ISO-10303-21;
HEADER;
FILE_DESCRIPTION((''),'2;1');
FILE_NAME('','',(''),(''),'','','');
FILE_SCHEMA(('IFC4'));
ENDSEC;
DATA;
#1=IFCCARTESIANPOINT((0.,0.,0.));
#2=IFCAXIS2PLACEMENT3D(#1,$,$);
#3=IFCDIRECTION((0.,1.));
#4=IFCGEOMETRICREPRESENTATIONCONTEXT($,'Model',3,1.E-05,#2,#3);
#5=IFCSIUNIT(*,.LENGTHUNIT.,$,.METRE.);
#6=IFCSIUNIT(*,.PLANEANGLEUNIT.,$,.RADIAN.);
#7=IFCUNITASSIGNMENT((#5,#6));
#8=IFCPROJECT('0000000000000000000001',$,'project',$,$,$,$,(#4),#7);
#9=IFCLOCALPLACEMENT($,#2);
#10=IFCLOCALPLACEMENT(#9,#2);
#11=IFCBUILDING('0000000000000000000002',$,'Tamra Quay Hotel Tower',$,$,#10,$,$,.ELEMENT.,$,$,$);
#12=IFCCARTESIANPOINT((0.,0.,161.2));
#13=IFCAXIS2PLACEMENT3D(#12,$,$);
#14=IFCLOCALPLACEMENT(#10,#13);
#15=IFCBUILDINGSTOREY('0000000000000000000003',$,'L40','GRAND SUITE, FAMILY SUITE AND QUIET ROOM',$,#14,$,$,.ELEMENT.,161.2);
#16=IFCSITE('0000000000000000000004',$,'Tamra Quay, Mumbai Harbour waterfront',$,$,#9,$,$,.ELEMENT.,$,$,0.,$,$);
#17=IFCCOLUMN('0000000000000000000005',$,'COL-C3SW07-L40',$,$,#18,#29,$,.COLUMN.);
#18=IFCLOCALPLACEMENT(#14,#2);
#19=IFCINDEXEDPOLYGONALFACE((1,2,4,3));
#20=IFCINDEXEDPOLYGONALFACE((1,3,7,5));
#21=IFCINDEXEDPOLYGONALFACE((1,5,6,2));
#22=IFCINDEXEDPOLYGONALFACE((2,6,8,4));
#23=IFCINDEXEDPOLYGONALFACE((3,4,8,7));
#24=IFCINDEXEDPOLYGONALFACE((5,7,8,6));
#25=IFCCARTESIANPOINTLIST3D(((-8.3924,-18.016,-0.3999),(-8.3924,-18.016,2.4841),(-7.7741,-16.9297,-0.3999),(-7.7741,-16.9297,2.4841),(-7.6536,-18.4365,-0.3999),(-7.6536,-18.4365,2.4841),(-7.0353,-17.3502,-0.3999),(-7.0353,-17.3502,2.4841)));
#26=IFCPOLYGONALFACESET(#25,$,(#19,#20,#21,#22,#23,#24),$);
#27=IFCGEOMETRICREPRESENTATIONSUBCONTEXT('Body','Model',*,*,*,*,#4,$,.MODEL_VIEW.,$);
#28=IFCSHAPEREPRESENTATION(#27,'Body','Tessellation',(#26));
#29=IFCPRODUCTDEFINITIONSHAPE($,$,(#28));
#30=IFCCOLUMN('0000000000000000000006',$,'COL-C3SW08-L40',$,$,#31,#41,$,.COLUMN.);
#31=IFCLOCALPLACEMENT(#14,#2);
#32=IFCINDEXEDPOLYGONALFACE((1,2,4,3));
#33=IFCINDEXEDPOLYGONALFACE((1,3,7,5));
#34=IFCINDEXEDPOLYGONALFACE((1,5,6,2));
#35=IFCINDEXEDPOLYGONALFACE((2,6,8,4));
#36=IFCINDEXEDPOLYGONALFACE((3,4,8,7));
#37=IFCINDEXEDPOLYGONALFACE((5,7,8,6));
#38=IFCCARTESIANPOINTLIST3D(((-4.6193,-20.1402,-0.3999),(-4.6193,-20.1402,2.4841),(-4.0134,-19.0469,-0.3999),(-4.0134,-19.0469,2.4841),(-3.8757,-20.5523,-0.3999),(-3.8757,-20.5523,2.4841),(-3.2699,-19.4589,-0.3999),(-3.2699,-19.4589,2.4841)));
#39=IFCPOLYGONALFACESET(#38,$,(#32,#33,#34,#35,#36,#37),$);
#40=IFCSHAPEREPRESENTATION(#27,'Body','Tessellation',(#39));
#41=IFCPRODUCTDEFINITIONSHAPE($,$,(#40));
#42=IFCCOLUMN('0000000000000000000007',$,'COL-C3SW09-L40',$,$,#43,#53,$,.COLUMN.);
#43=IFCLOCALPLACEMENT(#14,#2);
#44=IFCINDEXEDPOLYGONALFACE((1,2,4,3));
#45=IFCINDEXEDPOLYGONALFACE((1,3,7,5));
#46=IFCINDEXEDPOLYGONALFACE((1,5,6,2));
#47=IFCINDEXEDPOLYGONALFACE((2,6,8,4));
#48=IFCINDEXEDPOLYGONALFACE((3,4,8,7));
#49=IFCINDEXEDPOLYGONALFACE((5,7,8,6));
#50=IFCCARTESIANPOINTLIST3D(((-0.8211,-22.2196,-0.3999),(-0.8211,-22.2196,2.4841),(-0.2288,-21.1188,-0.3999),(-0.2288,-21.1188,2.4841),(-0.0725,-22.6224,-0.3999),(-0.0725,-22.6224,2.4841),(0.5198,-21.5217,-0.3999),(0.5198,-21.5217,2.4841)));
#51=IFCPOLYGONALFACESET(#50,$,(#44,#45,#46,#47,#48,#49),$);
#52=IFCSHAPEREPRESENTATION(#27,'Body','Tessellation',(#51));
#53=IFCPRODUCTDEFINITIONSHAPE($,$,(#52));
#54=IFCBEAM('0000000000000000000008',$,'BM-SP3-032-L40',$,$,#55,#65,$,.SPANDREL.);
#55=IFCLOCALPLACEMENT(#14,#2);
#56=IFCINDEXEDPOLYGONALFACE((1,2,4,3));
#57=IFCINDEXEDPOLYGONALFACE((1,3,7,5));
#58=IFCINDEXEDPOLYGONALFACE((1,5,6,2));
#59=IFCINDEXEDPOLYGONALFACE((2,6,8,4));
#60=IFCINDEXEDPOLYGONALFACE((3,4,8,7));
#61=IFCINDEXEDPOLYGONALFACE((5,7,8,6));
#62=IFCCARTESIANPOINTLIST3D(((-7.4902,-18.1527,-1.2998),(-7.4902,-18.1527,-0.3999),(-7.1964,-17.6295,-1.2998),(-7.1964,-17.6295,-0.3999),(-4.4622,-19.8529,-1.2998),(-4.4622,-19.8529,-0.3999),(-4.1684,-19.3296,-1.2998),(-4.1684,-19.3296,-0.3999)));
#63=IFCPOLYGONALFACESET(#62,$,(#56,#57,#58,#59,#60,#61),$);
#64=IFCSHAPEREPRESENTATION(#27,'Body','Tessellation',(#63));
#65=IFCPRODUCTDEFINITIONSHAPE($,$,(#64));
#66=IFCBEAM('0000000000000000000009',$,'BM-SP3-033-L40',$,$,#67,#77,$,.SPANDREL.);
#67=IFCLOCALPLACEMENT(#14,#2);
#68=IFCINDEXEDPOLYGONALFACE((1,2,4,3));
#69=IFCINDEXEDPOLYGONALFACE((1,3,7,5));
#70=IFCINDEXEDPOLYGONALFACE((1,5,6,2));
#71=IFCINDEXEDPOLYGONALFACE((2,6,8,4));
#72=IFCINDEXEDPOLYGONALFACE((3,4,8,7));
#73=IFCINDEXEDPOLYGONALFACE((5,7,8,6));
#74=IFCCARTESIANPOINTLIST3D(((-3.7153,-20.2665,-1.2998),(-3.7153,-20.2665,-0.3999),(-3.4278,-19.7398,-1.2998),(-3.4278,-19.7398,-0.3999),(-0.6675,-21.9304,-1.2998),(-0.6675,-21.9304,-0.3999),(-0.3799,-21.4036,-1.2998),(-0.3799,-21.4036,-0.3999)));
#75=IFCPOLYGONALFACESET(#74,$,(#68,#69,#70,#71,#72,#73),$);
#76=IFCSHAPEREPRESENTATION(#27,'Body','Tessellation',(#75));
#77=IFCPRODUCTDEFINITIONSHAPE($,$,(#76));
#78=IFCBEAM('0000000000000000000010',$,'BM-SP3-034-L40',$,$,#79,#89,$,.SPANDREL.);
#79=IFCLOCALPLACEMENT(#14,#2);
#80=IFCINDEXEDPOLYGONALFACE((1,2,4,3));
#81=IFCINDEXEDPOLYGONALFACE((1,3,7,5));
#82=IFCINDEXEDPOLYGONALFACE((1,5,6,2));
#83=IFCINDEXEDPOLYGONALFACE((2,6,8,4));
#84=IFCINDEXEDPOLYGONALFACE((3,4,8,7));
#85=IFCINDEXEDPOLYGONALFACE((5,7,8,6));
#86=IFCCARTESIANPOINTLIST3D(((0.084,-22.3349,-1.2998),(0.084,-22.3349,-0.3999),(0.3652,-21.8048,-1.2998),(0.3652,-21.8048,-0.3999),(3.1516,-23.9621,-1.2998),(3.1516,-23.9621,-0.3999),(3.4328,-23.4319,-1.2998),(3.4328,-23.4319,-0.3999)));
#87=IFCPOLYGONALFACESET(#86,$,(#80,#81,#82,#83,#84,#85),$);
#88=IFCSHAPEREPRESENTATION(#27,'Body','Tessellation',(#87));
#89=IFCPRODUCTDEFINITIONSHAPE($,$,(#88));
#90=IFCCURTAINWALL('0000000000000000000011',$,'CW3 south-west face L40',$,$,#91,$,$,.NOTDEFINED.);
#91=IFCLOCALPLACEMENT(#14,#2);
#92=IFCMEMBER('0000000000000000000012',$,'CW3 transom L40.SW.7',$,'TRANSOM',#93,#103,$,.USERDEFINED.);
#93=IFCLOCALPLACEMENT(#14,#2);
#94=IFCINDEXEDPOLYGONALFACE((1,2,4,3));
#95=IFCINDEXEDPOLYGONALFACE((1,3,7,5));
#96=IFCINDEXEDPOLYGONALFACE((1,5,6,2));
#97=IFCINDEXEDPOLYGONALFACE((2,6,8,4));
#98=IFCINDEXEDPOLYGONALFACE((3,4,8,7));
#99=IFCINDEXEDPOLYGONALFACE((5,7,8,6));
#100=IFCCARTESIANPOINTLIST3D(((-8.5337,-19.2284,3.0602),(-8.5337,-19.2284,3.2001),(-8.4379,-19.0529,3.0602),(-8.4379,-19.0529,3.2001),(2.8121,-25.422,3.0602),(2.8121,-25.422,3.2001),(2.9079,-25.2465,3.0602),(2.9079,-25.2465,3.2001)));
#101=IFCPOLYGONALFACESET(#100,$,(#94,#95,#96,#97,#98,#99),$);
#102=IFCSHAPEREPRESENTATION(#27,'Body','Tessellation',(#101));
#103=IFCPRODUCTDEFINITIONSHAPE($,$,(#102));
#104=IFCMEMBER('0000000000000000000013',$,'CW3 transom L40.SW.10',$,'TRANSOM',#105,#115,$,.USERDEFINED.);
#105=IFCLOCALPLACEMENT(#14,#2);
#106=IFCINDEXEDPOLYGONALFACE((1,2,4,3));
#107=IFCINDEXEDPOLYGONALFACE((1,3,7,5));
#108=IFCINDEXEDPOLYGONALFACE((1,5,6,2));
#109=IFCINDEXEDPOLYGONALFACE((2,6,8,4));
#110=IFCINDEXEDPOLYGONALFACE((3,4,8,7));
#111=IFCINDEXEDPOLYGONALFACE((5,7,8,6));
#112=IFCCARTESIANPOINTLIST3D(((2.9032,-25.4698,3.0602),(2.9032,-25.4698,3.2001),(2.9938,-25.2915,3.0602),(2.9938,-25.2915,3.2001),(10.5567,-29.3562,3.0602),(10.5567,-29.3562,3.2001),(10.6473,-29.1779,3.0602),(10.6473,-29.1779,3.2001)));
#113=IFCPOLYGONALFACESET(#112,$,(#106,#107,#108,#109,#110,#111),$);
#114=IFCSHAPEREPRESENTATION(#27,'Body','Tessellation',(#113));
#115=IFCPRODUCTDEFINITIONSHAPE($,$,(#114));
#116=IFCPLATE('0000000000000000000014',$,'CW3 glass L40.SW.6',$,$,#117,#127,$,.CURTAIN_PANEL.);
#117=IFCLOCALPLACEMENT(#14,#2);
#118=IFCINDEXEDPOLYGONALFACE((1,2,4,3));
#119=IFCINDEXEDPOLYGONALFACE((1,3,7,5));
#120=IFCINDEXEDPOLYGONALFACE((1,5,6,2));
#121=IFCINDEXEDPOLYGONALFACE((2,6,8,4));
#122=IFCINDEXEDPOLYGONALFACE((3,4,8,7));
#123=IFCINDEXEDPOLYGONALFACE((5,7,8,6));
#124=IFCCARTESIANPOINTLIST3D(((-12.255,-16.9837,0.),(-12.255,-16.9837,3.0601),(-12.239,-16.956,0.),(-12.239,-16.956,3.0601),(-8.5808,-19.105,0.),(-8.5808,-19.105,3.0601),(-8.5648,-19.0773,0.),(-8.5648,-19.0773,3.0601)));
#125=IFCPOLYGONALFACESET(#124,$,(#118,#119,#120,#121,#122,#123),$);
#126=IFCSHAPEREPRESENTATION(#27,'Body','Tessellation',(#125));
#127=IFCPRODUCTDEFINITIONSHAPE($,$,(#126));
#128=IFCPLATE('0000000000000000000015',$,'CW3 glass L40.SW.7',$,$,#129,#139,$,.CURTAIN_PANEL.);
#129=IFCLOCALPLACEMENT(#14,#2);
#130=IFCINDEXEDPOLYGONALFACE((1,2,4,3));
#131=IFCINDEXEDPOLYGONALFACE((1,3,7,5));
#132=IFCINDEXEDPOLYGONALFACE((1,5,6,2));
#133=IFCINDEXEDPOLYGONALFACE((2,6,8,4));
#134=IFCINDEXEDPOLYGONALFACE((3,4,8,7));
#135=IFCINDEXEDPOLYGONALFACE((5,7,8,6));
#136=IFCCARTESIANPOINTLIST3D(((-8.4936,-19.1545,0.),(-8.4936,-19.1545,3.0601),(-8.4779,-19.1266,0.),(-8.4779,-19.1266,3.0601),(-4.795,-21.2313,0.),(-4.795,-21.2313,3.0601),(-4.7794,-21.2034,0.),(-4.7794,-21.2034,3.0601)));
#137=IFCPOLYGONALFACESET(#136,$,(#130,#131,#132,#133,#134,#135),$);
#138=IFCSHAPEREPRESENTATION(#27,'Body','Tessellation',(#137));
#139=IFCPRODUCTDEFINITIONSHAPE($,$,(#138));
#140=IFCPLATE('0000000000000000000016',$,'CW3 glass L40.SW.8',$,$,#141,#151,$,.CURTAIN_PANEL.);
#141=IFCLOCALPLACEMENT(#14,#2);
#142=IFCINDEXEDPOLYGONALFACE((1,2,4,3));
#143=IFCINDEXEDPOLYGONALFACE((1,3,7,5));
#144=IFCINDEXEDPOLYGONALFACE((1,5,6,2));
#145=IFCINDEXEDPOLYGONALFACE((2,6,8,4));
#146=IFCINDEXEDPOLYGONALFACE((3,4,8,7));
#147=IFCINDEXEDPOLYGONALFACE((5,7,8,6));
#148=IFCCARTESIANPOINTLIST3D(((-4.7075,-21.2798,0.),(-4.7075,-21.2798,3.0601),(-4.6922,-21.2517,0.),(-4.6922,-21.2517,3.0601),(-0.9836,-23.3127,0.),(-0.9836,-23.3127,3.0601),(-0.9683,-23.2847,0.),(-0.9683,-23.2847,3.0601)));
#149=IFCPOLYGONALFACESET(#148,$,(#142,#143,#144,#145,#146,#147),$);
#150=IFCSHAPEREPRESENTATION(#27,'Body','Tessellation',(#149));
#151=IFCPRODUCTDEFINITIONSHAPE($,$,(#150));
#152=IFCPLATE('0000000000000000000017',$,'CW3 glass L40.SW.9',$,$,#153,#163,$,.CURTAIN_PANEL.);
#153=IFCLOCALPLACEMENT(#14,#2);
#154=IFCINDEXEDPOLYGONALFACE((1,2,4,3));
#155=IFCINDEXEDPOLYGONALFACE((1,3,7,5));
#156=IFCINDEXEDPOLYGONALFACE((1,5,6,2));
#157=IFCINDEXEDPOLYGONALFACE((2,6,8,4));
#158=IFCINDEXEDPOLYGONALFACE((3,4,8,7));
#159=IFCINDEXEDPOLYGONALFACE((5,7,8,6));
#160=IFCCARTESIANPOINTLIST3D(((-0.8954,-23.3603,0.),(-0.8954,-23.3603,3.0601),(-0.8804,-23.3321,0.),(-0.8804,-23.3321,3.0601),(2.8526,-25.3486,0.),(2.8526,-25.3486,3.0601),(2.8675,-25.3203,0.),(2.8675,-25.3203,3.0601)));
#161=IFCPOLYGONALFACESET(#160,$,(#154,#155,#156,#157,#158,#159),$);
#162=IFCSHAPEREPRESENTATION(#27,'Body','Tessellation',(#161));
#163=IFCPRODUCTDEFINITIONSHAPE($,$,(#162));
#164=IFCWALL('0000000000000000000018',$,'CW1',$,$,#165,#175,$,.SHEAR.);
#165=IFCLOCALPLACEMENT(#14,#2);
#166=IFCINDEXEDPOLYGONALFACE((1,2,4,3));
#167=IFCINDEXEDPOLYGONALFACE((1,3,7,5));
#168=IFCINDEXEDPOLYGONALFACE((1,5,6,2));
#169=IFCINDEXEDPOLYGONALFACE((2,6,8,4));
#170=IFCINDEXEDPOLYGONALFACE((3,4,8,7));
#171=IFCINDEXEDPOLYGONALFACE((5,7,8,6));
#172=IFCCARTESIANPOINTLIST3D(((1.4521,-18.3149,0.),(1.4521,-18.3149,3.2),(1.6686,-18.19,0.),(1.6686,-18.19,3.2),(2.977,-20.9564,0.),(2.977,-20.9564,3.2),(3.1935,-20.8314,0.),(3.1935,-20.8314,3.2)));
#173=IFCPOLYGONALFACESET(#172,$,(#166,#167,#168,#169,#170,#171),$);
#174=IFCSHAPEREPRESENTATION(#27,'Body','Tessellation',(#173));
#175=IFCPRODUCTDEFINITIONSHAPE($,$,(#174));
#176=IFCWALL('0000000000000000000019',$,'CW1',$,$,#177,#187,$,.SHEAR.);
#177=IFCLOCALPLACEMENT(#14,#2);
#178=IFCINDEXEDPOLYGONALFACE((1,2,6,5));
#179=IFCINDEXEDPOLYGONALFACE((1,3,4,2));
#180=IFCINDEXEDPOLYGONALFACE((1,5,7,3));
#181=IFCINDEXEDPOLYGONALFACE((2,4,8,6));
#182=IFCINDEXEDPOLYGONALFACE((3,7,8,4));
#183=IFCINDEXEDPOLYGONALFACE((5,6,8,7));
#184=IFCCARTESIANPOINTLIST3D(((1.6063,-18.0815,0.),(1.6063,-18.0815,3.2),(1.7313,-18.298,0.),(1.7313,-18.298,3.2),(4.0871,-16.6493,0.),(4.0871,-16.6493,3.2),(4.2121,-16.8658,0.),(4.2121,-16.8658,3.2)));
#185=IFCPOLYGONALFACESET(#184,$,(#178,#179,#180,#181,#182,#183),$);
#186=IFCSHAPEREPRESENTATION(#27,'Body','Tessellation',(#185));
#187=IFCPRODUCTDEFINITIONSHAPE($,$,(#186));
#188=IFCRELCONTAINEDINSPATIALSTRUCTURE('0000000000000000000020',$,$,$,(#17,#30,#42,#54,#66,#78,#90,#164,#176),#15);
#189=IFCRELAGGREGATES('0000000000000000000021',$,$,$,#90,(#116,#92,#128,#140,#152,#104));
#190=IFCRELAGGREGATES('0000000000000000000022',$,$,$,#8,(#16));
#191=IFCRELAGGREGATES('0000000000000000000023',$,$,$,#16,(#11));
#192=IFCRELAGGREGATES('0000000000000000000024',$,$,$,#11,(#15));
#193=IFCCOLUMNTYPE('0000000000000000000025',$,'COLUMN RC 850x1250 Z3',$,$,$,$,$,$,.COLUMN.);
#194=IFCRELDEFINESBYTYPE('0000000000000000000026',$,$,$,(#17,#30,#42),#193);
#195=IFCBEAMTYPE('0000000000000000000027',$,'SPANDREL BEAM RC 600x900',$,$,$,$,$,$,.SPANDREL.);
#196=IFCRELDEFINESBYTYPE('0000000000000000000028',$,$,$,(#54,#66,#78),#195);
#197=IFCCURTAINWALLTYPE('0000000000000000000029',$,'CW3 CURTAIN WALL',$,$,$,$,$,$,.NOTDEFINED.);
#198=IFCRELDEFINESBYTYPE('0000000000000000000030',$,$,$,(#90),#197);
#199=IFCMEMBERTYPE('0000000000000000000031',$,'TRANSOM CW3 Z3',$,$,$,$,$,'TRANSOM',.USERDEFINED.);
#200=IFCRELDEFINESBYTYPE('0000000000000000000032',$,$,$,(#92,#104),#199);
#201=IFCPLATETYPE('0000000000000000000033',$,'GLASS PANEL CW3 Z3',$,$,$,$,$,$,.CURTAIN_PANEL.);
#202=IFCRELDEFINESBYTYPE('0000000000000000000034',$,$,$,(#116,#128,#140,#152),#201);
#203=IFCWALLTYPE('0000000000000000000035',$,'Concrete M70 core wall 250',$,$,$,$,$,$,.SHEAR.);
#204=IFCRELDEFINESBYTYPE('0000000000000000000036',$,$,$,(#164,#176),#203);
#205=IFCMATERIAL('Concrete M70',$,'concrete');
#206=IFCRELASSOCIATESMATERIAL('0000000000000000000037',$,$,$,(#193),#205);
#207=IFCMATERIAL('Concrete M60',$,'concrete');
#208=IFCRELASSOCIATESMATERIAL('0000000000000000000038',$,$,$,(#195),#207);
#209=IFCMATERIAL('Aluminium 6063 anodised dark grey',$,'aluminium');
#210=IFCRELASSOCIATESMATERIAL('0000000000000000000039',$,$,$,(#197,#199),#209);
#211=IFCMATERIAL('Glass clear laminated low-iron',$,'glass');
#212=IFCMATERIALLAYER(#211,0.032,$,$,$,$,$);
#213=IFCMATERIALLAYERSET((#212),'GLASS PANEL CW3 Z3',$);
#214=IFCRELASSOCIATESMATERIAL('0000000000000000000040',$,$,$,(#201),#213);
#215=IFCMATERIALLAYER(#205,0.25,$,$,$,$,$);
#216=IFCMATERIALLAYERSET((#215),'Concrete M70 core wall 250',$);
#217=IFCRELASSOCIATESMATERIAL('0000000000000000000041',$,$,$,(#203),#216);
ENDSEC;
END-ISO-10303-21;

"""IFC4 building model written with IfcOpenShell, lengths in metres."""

from ifc_helpers import new_model, si_unit, direction, frame, frame_2d, origin, origin_2d, place, context, subcontext, project, spatial, rectangle, extrude, material, layer, layer_set, material_profile, profile_set, type_object, element, aggregate, save


model = new_model("IFC4")

# Units and contexts
model_context = context("Model", 3, precision=1e-05, world=origin(), true_north=direction((0.0, 1.0)))
body_context = subcontext(model_context, "Body", "Model", "MODEL_VIEW")
ifc_project = project(units=[si_unit("LENGTHUNIT", "METRE"), si_unit("PLANEANGLEUNIT", "RADIAN")], contexts=[model_context])

# Site, building, storey
site_placement = place(None, origin())
site = spatial("IfcSite", under=ifc_project, at=site_placement, Name="Tamra Quay, Mumbai Harbour waterfront", CompositionType="ELEMENT", RefElevation=0.0)
building_placement = place(site_placement, origin())
building = spatial("IfcBuilding", under=site, at=building_placement, Name="Tamra Quay Hotel Tower", CompositionType="ELEMENT")
storey_placement = place(building_placement, frame((0.0, 0.0, 161.2)))
storey = spatial("IfcBuildingStorey", under=building, at=storey_placement, Name="L40", Description="GRAND SUITE, FAMILY SUITE AND QUIET ROOM", CompositionType="ELEMENT", Elevation=161.2)

# Columns
ifc_material_1 = material(Name="Concrete M70", Category="concrete")
ifc_material_profile_1 = material_profile(ifc_material_1, rectangle(XDim=1.25, YDim=0.8501, at=origin_2d()), Name="COLUMN RC 850x1250 Z3")
ifc_profile_set_1 = profile_set([ifc_material_profile_1], Name="Concrete M70")
column_type = type_object("IfcColumnType", Name="COLUMN RC 850x1250 Z3", PredefinedType="COLUMN", material=ifc_profile_set_1)
for number, where, z_axis, x_axis, name in (
    (1, (-7.7139, -17.6831, -0.3999), (0.0, 0.0, 1.0), (0.494656, 0.869089, 0.0), "COL-C3SW07-L40"),
    (2, (-3.9446, -19.7996, -0.3999), (0.0, 0.0, 1.0), (0.484683, 0.87469, 0.0), "COL-C3SW08-L40"),
    (3, (-0.1506, -21.8706, -0.3999), (0.0, 0.0, 1.0), (0.473876, 0.880592, 0.0), "COL-C3SW09-L40"),
):
    element("IfcColumn", number, at=place(storey_placement, frame(where, z_axis=z_axis, x_axis=x_axis)), inside=storey, type_object=column_type, Name=name, PredefinedType="COLUMN", context=body_context, shape_type="SweptSolid", body=[
        extrude(rectangle(XDim=1.25, YDim=0.8501, at=origin_2d()), origin(), (0.0, 0.0, 1.0), 2.884),
    ])

# Beams
ifc_material_2 = material(Name="Concrete M60", Category="concrete")
ifc_material_profile_2 = material_profile(ifc_material_2, rectangle(XDim=0.6001, YDim=0.8999, at=origin_2d()), Name="SPANDREL BEAM RC 600x900")
ifc_profile_set_2 = profile_set([ifc_material_profile_2], Name="Concrete M60")
beam_type = type_object("IfcBeamType", Name="SPANDREL BEAM RC 600x900", PredefinedType="SPANDREL", material=ifc_profile_set_2)
beam_placement = place(storey_placement, frame((-7.3433, -17.8911, -0.8499), z_axis=(0.871956, -0.489584, 0.0), x_axis=(0.489584, 0.871956, 0.0)))
element("IfcBeam", 4, at=beam_placement, inside=storey, type_object=beam_type, Name="BM-SP3-032-L40", PredefinedType="SPANDREL", context=body_context, shape_type="SweptSolid", body=[
    extrude(rectangle(XDim=0.6001, YDim=0.8999, at=origin_2d()), origin(), (0.0, 0.0, 1.0), 3.4727),
])
for number, where, z_axis, x_axis, name in (
    (5, (-3.5715, -20.0032, -0.8499), (0.877732, -0.479153, 0.0), (0.479153, 0.877732, 0.0), "BM-SP3-033-L40"),
    (6, (0.2246, -22.0698, -0.8499), (0.883411, -0.468598, 0.0), (0.468598, 0.883411, 0.0), "BM-SP3-034-L40"),
):
    element("IfcBeam", number, at=place(storey_placement, frame(where, z_axis=z_axis, x_axis=x_axis)), inside=storey, type_object=beam_type, Name=name, PredefinedType="SPANDREL", context=body_context, shape_type="SweptSolid", body=[
        extrude(rectangle(XDim=0.6001, YDim=0.8999, at=origin_2d()), origin(), (0.0, 0.0, 1.0), 3.4724),
    ])

# Curtain wall, members, plates
ifc_material_3 = material(Name="Aluminium 6063 anodised dark grey", Category="aluminium")
curtain_wall_type = type_object("IfcCurtainWallType", Name="CW3 CURTAIN WALL", PredefinedType="NOTDEFINED", material=ifc_material_3)
curtain_wall_placement = place(storey_placement, origin())
curtain_wall = element("IfcCurtainWall", 7, at=curtain_wall_placement, inside=storey, type_object=curtain_wall_type, Name="CW3 south-west face L40", PredefinedType="NOTDEFINED")
ifc_material_profile_3 = material_profile(ifc_material_3, rectangle(XDim=0.2, YDim=0.1399, at=origin_2d()), Name="TRANSOM 200X140")
ifc_profile_set_3 = profile_set([ifc_material_profile_3], Name="Aluminium 6063 anodised dark grey")
member_type = type_object("IfcMemberType", Name="TRANSOM CW3 Z3", ElementType="TRANSOM", PredefinedType="USERDEFINED", material=ifc_profile_set_3)
member_1_placement = place(storey_placement, frame((-8.4858, -19.1406, 3.1301), z_axis=(0.877732, -0.479152, 0.0), x_axis=(0.479152, 0.877732, 0.0)))
member_1 = element("IfcMember", 8, at=member_1_placement, type_object=member_type, Name="CW3 transom L40.SW.7", ObjectType="TRANSOM", PredefinedType="USERDEFINED", context=body_context, shape_type="SweptSolid", body=[
    extrude(rectangle(XDim=0.2, YDim=0.1399, at=origin_2d()), origin(), (0.0, 0.0, 1.0), 12.9263),
])
member_2_placement = place(storey_placement, frame((2.9485, -25.3806, 3.1301), z_axis=(0.891628, -0.452768, 0.0), x_axis=(0.452768, 0.891628, 0.0)))
member_2 = element("IfcMember", 9, at=member_2_placement, type_object=member_type, Name="CW3 transom L40.SW.10", ObjectType="TRANSOM", PredefinedType="USERDEFINED", context=body_context, shape_type="SweptSolid", body=[
    extrude(rectangle(XDim=0.2, YDim=0.1399, at=origin_2d()), origin(), (0.0, 0.0, 1.0), 8.5837),
])
ifc_material_4 = material(Name="Glass clear laminated low-iron", Category="glass")
ifc_layer_1 = layer(ifc_material_4, 0.032)
ifc_layer_set_1 = layer_set([ifc_layer_1], Name="GLASS PANEL CW3 Z3")
plate_type = type_object("IfcPlateType", Name="GLASS PANEL CW3 Z3", PredefinedType="CURTAIN_PANEL", material=ifc_layer_set_1)
plate_1_placement = place(storey_placement, frame((-10.4099, -18.0305, 0.0), z_axis=(0.0, 0.0, 1.0), x_axis=(0.866025, -0.5, 0.0)))
plate_1 = element("IfcPlate", 10, at=plate_1_placement, type_object=plate_type, Name="CW3 glass L40.SW.6", PredefinedType="CURTAIN_PANEL", context=body_context, shape_type="SweptSolid", body=[
    extrude(rectangle(XDim=4.2427, YDim=0.032, at=origin_2d()), origin(), (0.0, 0.0, 1.0), 3.0601),
])
plate_2_placement = place(storey_placement, frame((-6.6365, -20.179, 0.0), z_axis=(0.0, 0.0, 1.0), x_axis=(0.871942, -0.489609, 0.0)))
plate_2 = element("IfcPlate", 11, at=plate_2_placement, type_object=plate_type, Name="CW3 glass L40.SW.7", PredefinedType="CURTAIN_PANEL", context=body_context, shape_type="SweptSolid", body=[
    extrude(rectangle(XDim=4.2417, YDim=0.032, at=origin_2d()), origin(), (0.0, 0.0, 1.0), 3.0601),
])
plate_3_placement = place(storey_placement, frame((-2.8379, -22.2822, 0.0), z_axis=(0.0, 0.0, 1.0), x_axis=(0.877726, -0.479163, 0.0)))
plate_3 = element("IfcPlate", 12, at=plate_3_placement, type_object=plate_type, Name="CW3 glass L40.SW.8", PredefinedType="CURTAIN_PANEL", context=body_context, shape_type="SweptSolid", body=[
    extrude(rectangle(XDim=4.2427, YDim=0.032, at=origin_2d()), origin(), (0.0, 0.0, 1.0), 3.0601),
])
plate_4_placement = place(storey_placement, frame((0.9861, -24.3403, 0.0), z_axis=(0.0, 0.0, 1.0), x_axis=(0.883391, -0.468636, 0.0)))
plate_4 = element("IfcPlate", 13, at=plate_4_placement, type_object=plate_type, Name="CW3 glass L40.SW.9", PredefinedType="CURTAIN_PANEL", context=body_context, shape_type="SweptSolid", body=[
    extrude(rectangle(XDim=4.2427, YDim=0.032, at=origin_2d()), origin(), (0.0, 0.0, 1.0), 3.0601),
])
aggregate(curtain_wall, [plate_1, member_1, plate_2, plate_3, plate_4, member_2])

# Walls
ifc_layer_2 = layer(ifc_material_1, 0.25)
ifc_layer_set_2 = layer_set([ifc_layer_2], Name="Concrete M70 core wall 250")
wall_type_1 = type_object("IfcWallType", Name="Concrete M70 core wall 250", PredefinedType="SHEAR", material=ifc_layer_set_2)
wall_1_placement = place(storey_placement, frame((3.0852, -20.8938, 0.0), z_axis=(0.0, 0.0, 1.0), x_axis=(-0.499979, 0.866038, 0.0)))
element("IfcWall", 14, at=wall_1_placement, inside=storey, type_object=wall_type_1, Name="CW1", PredefinedType="SHEAR", context=body_context, shape_type="SweptSolid", body=[
    extrude(rectangle(XDim=3.05, YDim=0.25, at=frame_2d((1.5249, 0.0))), origin(), (0.0, 0.0, 1.0), 3.2),
])
wall_2_placement = place(storey_placement, frame((1.6689, -18.1897, 0.0), z_axis=(0.0, 0.0, 1.0), x_axis=(0.866042, 0.499971, 0.0)))
element("IfcWall", 15, at=wall_2_placement, inside=storey, type_object=wall_type_1, Name="CW1", PredefinedType="SHEAR", context=body_context, shape_type="SweptSolid", body=[
    extrude(rectangle(XDim=2.8645, YDim=0.25, at=frame_2d((1.4321, 0.0))), origin(), (0.0, 0.0, 1.0), 3.2),
])

save(model, "model.ifc")
